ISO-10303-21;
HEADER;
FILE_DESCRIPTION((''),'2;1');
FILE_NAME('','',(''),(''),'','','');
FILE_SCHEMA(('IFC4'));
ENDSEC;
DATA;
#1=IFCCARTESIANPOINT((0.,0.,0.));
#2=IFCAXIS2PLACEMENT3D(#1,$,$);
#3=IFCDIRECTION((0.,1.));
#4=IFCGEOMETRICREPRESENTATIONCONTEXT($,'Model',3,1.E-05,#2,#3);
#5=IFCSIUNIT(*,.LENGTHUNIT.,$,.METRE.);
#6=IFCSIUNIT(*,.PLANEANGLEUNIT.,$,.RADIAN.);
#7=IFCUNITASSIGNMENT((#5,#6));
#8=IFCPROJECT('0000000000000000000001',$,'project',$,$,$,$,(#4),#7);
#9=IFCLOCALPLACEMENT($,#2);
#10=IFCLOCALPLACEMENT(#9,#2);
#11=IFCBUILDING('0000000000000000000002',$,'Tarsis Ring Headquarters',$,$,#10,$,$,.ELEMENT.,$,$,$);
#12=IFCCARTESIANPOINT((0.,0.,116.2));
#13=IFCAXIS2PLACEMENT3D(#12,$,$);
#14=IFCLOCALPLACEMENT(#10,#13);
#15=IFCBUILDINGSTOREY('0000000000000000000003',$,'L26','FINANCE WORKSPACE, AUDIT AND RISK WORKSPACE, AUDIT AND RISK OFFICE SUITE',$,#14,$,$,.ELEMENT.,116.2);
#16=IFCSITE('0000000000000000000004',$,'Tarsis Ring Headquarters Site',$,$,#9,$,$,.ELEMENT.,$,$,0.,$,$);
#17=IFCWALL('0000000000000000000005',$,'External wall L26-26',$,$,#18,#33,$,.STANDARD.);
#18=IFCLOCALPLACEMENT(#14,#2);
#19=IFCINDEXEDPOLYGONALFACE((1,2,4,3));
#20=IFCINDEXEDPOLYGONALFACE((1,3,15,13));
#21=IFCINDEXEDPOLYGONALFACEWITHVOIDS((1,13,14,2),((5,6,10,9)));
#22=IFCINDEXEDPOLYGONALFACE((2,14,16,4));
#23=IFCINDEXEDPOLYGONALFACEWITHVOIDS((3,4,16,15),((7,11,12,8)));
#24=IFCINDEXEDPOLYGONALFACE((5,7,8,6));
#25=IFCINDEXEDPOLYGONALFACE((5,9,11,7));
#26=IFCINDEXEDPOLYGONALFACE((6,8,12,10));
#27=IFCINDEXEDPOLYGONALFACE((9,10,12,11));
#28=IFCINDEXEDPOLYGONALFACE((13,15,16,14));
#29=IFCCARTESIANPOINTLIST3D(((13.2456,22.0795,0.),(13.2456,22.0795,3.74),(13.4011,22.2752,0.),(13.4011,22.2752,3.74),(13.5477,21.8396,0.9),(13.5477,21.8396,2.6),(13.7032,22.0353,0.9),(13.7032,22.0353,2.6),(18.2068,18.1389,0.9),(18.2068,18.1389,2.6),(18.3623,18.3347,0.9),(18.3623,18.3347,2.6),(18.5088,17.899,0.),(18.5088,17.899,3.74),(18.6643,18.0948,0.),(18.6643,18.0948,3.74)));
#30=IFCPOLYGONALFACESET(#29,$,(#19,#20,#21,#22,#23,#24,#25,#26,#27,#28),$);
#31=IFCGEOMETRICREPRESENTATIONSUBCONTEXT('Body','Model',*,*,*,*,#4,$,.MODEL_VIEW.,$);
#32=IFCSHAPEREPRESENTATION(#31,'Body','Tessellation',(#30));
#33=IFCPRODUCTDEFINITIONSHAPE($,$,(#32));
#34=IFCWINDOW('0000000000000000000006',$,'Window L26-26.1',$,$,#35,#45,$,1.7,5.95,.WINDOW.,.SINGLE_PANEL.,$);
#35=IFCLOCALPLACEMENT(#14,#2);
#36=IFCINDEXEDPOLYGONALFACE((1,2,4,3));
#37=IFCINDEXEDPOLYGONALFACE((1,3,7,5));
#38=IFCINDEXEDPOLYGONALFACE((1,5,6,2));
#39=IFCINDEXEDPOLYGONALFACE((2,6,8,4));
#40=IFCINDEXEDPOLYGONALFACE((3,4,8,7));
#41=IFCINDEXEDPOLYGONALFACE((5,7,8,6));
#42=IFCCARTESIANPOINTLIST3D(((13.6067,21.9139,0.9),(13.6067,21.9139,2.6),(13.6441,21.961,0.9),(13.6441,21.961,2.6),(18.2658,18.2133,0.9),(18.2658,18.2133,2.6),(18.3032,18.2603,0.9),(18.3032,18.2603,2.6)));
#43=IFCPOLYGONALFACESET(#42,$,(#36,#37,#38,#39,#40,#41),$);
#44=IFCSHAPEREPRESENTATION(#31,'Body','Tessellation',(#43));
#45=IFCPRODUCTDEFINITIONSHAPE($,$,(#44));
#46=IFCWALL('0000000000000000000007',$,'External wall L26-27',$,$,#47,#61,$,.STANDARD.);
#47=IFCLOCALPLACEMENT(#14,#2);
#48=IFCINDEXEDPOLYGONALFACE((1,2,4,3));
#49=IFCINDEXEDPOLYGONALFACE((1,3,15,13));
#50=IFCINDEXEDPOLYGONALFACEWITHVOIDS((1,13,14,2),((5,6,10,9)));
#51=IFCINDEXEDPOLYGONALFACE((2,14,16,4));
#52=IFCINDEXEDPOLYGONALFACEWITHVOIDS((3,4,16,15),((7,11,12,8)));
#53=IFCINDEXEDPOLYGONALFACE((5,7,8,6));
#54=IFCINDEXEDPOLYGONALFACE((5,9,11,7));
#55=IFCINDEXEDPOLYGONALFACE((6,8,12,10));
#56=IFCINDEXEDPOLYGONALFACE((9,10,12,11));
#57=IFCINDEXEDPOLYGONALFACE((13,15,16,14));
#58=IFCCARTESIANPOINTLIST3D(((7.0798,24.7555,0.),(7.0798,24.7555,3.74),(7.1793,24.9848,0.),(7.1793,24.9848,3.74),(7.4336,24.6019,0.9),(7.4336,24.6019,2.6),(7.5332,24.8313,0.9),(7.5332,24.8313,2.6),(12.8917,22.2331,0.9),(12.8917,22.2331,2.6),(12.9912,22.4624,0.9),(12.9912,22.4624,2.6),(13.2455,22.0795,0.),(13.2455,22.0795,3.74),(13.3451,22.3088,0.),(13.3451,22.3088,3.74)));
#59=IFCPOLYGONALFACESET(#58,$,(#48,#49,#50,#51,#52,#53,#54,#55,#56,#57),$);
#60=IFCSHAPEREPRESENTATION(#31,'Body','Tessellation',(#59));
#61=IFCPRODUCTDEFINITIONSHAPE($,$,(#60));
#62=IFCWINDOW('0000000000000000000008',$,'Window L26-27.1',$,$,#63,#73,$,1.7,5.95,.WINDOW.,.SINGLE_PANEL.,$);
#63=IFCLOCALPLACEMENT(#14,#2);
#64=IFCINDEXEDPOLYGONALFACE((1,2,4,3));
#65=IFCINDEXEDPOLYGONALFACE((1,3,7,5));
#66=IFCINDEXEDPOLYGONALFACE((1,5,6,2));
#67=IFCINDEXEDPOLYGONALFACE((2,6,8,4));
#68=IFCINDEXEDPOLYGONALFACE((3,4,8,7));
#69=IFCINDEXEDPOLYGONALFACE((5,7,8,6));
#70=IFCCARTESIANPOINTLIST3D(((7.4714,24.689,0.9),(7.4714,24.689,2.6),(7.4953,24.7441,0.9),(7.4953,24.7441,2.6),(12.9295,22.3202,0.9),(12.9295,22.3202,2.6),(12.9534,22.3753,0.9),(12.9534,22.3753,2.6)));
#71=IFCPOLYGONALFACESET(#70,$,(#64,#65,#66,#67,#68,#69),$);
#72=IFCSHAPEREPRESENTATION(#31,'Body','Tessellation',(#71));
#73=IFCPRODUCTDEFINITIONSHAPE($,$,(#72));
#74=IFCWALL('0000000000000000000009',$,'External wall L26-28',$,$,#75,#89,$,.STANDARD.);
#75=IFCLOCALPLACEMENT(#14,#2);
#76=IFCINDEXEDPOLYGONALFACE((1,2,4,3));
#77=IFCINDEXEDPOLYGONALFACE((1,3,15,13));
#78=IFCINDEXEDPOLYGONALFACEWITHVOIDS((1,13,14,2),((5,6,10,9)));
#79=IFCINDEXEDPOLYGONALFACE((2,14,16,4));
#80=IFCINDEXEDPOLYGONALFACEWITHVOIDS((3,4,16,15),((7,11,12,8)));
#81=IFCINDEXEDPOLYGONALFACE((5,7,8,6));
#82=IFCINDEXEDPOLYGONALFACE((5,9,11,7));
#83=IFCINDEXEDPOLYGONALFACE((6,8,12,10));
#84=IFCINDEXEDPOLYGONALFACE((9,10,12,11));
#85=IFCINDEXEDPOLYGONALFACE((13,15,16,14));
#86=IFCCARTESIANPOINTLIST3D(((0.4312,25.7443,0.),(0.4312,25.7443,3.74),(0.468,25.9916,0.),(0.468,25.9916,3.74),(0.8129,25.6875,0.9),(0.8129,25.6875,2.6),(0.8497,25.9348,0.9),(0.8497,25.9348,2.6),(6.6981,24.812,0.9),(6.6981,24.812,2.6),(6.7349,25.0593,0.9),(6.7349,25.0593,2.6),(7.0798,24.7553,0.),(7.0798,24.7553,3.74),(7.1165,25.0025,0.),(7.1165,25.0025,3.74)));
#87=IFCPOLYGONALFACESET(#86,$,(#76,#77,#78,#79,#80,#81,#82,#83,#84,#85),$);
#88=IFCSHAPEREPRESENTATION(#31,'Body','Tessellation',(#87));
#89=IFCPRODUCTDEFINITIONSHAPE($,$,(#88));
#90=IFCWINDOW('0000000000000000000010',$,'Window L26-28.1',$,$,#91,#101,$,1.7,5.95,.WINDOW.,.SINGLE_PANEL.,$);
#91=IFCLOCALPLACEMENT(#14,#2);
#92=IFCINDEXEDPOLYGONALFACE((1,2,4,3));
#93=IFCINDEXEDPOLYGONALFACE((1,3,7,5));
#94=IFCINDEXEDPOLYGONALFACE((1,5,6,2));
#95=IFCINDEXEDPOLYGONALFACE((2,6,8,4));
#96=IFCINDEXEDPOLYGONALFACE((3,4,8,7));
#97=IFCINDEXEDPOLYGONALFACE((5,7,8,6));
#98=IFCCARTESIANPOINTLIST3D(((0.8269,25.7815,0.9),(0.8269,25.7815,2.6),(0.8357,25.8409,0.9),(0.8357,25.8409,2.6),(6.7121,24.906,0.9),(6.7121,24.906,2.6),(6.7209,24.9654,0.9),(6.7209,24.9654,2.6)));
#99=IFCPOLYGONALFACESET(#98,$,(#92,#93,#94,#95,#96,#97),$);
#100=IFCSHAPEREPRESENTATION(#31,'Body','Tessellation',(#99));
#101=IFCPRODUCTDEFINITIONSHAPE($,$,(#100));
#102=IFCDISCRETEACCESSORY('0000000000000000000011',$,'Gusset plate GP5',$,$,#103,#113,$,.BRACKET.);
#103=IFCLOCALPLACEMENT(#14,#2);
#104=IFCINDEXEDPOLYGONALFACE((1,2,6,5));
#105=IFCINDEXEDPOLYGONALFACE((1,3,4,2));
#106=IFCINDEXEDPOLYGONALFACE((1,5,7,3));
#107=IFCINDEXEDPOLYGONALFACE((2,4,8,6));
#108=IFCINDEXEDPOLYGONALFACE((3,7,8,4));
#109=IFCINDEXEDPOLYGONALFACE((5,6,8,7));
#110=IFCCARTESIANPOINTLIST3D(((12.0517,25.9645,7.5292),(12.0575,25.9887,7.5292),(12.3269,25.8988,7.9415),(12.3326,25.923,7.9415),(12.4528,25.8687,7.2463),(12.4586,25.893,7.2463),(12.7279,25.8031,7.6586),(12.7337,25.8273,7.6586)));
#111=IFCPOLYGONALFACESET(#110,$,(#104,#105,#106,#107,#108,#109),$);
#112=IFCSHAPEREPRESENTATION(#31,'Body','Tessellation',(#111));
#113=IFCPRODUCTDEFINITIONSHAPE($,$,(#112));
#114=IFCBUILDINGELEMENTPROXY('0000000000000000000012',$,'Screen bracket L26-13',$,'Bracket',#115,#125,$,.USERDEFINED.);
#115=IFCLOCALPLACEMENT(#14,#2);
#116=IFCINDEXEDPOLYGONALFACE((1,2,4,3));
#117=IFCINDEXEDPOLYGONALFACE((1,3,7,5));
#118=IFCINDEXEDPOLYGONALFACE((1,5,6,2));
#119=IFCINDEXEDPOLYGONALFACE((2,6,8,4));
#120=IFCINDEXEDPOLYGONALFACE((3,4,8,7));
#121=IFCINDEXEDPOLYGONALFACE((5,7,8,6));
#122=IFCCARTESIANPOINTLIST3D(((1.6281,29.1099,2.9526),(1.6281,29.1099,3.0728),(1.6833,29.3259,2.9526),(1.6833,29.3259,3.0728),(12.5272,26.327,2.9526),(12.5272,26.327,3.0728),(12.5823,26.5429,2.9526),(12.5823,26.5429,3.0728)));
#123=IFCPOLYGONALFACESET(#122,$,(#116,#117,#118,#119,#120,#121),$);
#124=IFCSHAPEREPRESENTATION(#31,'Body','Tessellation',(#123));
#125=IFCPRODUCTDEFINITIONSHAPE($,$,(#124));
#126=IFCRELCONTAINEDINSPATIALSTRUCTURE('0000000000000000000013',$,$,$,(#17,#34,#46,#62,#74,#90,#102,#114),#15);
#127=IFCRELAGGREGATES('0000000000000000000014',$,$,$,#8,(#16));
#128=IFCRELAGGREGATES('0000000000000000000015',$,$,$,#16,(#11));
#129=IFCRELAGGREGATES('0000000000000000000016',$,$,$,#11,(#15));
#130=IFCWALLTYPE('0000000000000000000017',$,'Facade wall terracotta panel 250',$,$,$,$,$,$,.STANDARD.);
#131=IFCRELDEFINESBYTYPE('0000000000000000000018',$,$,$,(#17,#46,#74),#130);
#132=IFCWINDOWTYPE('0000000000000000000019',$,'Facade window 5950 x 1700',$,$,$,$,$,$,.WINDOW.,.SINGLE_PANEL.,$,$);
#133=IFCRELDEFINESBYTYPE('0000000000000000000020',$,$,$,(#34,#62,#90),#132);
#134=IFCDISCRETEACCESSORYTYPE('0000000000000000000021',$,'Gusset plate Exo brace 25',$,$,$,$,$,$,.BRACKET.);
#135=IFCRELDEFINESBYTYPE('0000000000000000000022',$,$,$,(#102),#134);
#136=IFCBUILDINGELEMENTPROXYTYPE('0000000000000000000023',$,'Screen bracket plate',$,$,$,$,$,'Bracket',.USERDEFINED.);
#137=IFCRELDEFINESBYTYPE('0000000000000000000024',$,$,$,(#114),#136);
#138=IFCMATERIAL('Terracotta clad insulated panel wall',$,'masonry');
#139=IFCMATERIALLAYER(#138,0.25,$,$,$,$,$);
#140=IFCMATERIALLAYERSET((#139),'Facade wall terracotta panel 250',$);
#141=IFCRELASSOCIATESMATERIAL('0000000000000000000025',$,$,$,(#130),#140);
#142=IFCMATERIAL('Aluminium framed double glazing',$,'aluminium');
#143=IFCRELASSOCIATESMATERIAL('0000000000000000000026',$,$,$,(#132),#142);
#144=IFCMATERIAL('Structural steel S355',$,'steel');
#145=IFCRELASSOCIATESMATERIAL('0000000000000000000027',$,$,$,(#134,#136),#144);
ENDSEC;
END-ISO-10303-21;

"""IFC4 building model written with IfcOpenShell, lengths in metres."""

from ifc_helpers import new_model, si_unit, direction, frame, frame_2d, origin, origin_2d, place, context, subcontext, project, spatial, rectangle, extrude, material, layer, layer_set, material_profile, profile_set, type_object, element, fill, save


model = new_model("IFC4")

# Units and contexts
model_context = context("Model", 3, precision=1e-05, world=origin(), true_north=direction((0.0, 1.0)))
body_context = subcontext(model_context, "Body", "Model", "MODEL_VIEW")
ifc_project = project(units=[si_unit("LENGTHUNIT", "METRE"), si_unit("PLANEANGLEUNIT", "RADIAN")], contexts=[model_context])

# Site, building, storey
site_placement = place(None, origin())
site = spatial("IfcSite", under=ifc_project, at=site_placement, Name="Tarsis Ring Headquarters Site", CompositionType="ELEMENT", RefElevation=0.0)
building_placement = place(site_placement, origin())
building = spatial("IfcBuilding", under=site, at=building_placement, Name="Tarsis Ring Headquarters", CompositionType="ELEMENT")
storey_placement = place(building_placement, frame((0.0, 0.0, 116.2)))
storey = spatial("IfcBuildingStorey", under=building, at=storey_placement, Name="L26", Description="FINANCE WORKSPACE, AUDIT AND RISK WORKSPACE, AUDIT AND RISK OFFICE SUITE", CompositionType="ELEMENT", Elevation=116.2)

# Shared definitions
ifc_material_1 = material(Name="Structural steel S355", Category="steel")

# Walls, openings, windows
ifc_material_2 = material(Name="Terracotta clad insulated panel wall", Category="masonry")
ifc_layer = layer(ifc_material_2, 0.25)
ifc_layer_set = layer_set([ifc_layer], Name="Facade wall terracotta panel 250")
wall_type = type_object("IfcWallType", Name="Facade wall terracotta panel 250", PredefinedType="STANDARD", material=ifc_layer_set)
wall_1_placement = place(storey_placement, frame((18.5867, 17.9968, 0.0), z_axis=(0.0, 0.0, 1.0), x_axis=(-0.78305, 0.621958, 0.0)))
wall_1 = element("IfcWall", 1, at=wall_1_placement, inside=storey, type_object=wall_type, Name="External wall L26-26", PredefinedType="STANDARD", context=body_context, shape_type="SweptSolid", body=[
    extrude(rectangle(XDim=6.7214, YDim=0.25, at=frame_2d((3.3608, 0.0))), origin(), (0.0, 0.0, 1.0), 3.74),
])
opening_1_placement = place(wall_1_placement, frame((0.3857, 0.0, 0.8999)))
opening_1 = element("IfcOpeningElement", 2, at=opening_1_placement, cuts=wall_1, PredefinedType="OPENING", context=body_context, shape_type="SweptSolid", body=[
    extrude(rectangle(XDim=5.95, YDim=1.7, at=frame_2d((2.9751, 0.8501))), frame((0.0, 0.135, 0.0), z_axis=(0.0, -1.0, 0.0), x_axis=(1.0, 0.0, 0.0)), (0.0, 0.0, 1.0), 0.27),
])
ifc_material_3 = material(Name="Aluminium framed double glazing", Category="aluminium")
window_type = type_object("IfcWindowType", Name="Facade window 5950 x 1700", PartitioningType="SINGLE_PANEL", PredefinedType="WINDOW", material=ifc_material_3)
window_1_placement = place(opening_1_placement, origin())
window_1 = element("IfcWindow", 3, at=window_1_placement, inside=storey, type_object=window_type, Name="Window L26-26.1", OverallHeight=1.7, OverallWidth=5.95, PartitioningType="SINGLE_PANEL", PredefinedType="WINDOW", context=body_context, shape_type="SweptSolid", body=[
    extrude(rectangle(XDim=5.95, YDim=1.7, at=frame_2d((2.9751, 0.8501))), frame((0.0, 0.03, 0.0), z_axis=(0.0, -1.0, 0.0), x_axis=(1.0, 0.0, 0.0)), (0.0, 0.0, 1.0), 0.0601),
])
fill(opening_1, window_1)
wall_2_placement = place(storey_placement, frame((13.2954, 22.1941, 0.0), z_axis=(0.0, 0.0, 1.0), x_axis=(-0.917328, 0.398132, 0.0)))
wall_2 = element("IfcWall", 4, at=wall_2_placement, inside=storey, type_object=wall_type, Name="External wall L26-27", PredefinedType="STANDARD", context=body_context, shape_type="SweptSolid", body=[
    extrude(rectangle(XDim=6.7214, YDim=0.25, at=frame_2d((3.3608, 0.0))), origin(), (0.0, 0.0, 1.0), 3.74),
])
opening_2_placement = place(wall_2_placement, frame((0.3857, 0.0, 0.8999)))
opening_2 = element("IfcOpeningElement", 5, at=opening_2_placement, cuts=wall_2, PredefinedType="OPENING", context=body_context, shape_type="SweptSolid", body=[
    extrude(rectangle(XDim=5.95, YDim=1.7, at=frame_2d((2.9751, 0.8501))), frame((0.0, 0.135, 0.0), z_axis=(0.0, -1.0, 0.0), x_axis=(1.0, 0.0, 0.0)), (0.0, 0.0, 1.0), 0.27),
])
window_2_placement = place(opening_2_placement, origin())
window_2 = element("IfcWindow", 6, at=window_2_placement, inside=storey, type_object=window_type, Name="Window L26-27.1", OverallHeight=1.7, OverallWidth=5.95, PartitioningType="SINGLE_PANEL", PredefinedType="WINDOW", context=body_context, shape_type="SweptSolid", body=[
    extrude(rectangle(XDim=5.95, YDim=1.7, at=frame_2d((2.9751, 0.8501))), frame((0.0, 0.03, 0.0), z_axis=(0.0, -1.0, 0.0), x_axis=(1.0, 0.0, 0.0)), (0.0, 0.0, 1.0), 0.0601),
])
fill(opening_2, window_2)
wall_3_placement = place(storey_placement, frame((7.0981, 24.8789, 0.0), z_axis=(0.0, 0.0, 1.0), x_axis=(-0.989116, 0.14714, 0.0)))
wall_3 = element("IfcWall", 7, at=wall_3_placement, inside=storey, type_object=wall_type, Name="External wall L26-28", PredefinedType="STANDARD", context=body_context, shape_type="SweptSolid", body=[
    extrude(rectangle(XDim=6.7217, YDim=0.25, at=frame_2d((3.3608, 0.0))), origin(), (0.0, 0.0, 1.0), 3.74),
])
opening_3_placement = place(wall_3_placement, frame((0.3857, 0.0, 0.8999)))
opening_3 = element("IfcOpeningElement", 8, at=opening_3_placement, cuts=wall_3, PredefinedType="OPENING", context=body_context, shape_type="SweptSolid", body=[
    extrude(rectangle(XDim=5.95, YDim=1.7, at=frame_2d((2.9751, 0.8501))), frame((0.0, 0.135, 0.0), z_axis=(0.0, -1.0, 0.0), x_axis=(1.0, 0.0, 0.0)), (0.0, 0.0, 1.0), 0.27),
])
window_3_placement = place(opening_3_placement, origin())
window_3 = element("IfcWindow", 9, at=window_3_placement, inside=storey, type_object=window_type, Name="Window L26-28.1", OverallHeight=1.7, OverallWidth=5.95, PartitioningType="SINGLE_PANEL", PredefinedType="WINDOW", context=body_context, shape_type="SweptSolid", body=[
    extrude(rectangle(XDim=5.95, YDim=1.7, at=frame_2d((2.9751, 0.8501))), frame((0.0, 0.03, 0.0), z_axis=(0.0, -1.0, 0.0), x_axis=(1.0, 0.0, 0.0)), (0.0, 0.0, 1.0), 0.0601),
])
fill(opening_3, window_3)

# Discrete accessory
ifc_material_profile_1 = material_profile(ifc_material_1, rectangle(XDim=0.0249, YDim=0.5, at=origin_2d()), Name="PL 25x500")
ifc_profile_set_1 = profile_set([ifc_material_profile_1], Name="Structural steel S355")
discrete_accessory_type = type_object("IfcDiscreteAccessoryType", Name="Gusset plate Exo brace 25", PredefinedType="BRACKET", material=ifc_profile_set_1)
discrete_accessory_placement = place(storey_placement, frame((12.5303, 25.863, 7.8), z_axis=(-0.550233, 0.131333, -0.824618), x_axis=(-0.232165, -0.972676, 0.0)))
element("IfcDiscreteAccessory", 10, at=discrete_accessory_placement, inside=storey, type_object=discrete_accessory_type, Name="Gusset plate GP5", PredefinedType="BRACKET", context=body_context, shape_type="SweptSolid", body=[
    extrude(rectangle(XDim=0.0249, YDim=0.5, at=origin_2d()), origin(), (0.0, 0.0, 1.0), 0.5),
])

# Building element proxy
building_element_proxy_type = type_object("IfcBuildingElementProxyType", Name="Screen bracket plate", ElementType="Bracket", PredefinedType="USERDEFINED", material=ifc_material_1)
proxy_placement = place(storey_placement, frame((7.1052, 27.8264, 2.9526), z_axis=(0.0, 0.0, 1.0), x_axis=(-0.968913, 0.247401, 0.0)))
element("IfcBuildingElementProxy", 11, at=proxy_placement, inside=storey, type_object=building_element_proxy_type, Name="Screen bracket L26-13", ObjectType="Bracket", PredefinedType="USERDEFINED", context=body_context, shape_type="SweptSolid", body=[
    extrude(rectangle(XDim=11.2488, YDim=0.2229, at=origin_2d()), origin(), (0.0, 0.0, 1.0), 0.1201),
])

save(model, "model.ifc")
